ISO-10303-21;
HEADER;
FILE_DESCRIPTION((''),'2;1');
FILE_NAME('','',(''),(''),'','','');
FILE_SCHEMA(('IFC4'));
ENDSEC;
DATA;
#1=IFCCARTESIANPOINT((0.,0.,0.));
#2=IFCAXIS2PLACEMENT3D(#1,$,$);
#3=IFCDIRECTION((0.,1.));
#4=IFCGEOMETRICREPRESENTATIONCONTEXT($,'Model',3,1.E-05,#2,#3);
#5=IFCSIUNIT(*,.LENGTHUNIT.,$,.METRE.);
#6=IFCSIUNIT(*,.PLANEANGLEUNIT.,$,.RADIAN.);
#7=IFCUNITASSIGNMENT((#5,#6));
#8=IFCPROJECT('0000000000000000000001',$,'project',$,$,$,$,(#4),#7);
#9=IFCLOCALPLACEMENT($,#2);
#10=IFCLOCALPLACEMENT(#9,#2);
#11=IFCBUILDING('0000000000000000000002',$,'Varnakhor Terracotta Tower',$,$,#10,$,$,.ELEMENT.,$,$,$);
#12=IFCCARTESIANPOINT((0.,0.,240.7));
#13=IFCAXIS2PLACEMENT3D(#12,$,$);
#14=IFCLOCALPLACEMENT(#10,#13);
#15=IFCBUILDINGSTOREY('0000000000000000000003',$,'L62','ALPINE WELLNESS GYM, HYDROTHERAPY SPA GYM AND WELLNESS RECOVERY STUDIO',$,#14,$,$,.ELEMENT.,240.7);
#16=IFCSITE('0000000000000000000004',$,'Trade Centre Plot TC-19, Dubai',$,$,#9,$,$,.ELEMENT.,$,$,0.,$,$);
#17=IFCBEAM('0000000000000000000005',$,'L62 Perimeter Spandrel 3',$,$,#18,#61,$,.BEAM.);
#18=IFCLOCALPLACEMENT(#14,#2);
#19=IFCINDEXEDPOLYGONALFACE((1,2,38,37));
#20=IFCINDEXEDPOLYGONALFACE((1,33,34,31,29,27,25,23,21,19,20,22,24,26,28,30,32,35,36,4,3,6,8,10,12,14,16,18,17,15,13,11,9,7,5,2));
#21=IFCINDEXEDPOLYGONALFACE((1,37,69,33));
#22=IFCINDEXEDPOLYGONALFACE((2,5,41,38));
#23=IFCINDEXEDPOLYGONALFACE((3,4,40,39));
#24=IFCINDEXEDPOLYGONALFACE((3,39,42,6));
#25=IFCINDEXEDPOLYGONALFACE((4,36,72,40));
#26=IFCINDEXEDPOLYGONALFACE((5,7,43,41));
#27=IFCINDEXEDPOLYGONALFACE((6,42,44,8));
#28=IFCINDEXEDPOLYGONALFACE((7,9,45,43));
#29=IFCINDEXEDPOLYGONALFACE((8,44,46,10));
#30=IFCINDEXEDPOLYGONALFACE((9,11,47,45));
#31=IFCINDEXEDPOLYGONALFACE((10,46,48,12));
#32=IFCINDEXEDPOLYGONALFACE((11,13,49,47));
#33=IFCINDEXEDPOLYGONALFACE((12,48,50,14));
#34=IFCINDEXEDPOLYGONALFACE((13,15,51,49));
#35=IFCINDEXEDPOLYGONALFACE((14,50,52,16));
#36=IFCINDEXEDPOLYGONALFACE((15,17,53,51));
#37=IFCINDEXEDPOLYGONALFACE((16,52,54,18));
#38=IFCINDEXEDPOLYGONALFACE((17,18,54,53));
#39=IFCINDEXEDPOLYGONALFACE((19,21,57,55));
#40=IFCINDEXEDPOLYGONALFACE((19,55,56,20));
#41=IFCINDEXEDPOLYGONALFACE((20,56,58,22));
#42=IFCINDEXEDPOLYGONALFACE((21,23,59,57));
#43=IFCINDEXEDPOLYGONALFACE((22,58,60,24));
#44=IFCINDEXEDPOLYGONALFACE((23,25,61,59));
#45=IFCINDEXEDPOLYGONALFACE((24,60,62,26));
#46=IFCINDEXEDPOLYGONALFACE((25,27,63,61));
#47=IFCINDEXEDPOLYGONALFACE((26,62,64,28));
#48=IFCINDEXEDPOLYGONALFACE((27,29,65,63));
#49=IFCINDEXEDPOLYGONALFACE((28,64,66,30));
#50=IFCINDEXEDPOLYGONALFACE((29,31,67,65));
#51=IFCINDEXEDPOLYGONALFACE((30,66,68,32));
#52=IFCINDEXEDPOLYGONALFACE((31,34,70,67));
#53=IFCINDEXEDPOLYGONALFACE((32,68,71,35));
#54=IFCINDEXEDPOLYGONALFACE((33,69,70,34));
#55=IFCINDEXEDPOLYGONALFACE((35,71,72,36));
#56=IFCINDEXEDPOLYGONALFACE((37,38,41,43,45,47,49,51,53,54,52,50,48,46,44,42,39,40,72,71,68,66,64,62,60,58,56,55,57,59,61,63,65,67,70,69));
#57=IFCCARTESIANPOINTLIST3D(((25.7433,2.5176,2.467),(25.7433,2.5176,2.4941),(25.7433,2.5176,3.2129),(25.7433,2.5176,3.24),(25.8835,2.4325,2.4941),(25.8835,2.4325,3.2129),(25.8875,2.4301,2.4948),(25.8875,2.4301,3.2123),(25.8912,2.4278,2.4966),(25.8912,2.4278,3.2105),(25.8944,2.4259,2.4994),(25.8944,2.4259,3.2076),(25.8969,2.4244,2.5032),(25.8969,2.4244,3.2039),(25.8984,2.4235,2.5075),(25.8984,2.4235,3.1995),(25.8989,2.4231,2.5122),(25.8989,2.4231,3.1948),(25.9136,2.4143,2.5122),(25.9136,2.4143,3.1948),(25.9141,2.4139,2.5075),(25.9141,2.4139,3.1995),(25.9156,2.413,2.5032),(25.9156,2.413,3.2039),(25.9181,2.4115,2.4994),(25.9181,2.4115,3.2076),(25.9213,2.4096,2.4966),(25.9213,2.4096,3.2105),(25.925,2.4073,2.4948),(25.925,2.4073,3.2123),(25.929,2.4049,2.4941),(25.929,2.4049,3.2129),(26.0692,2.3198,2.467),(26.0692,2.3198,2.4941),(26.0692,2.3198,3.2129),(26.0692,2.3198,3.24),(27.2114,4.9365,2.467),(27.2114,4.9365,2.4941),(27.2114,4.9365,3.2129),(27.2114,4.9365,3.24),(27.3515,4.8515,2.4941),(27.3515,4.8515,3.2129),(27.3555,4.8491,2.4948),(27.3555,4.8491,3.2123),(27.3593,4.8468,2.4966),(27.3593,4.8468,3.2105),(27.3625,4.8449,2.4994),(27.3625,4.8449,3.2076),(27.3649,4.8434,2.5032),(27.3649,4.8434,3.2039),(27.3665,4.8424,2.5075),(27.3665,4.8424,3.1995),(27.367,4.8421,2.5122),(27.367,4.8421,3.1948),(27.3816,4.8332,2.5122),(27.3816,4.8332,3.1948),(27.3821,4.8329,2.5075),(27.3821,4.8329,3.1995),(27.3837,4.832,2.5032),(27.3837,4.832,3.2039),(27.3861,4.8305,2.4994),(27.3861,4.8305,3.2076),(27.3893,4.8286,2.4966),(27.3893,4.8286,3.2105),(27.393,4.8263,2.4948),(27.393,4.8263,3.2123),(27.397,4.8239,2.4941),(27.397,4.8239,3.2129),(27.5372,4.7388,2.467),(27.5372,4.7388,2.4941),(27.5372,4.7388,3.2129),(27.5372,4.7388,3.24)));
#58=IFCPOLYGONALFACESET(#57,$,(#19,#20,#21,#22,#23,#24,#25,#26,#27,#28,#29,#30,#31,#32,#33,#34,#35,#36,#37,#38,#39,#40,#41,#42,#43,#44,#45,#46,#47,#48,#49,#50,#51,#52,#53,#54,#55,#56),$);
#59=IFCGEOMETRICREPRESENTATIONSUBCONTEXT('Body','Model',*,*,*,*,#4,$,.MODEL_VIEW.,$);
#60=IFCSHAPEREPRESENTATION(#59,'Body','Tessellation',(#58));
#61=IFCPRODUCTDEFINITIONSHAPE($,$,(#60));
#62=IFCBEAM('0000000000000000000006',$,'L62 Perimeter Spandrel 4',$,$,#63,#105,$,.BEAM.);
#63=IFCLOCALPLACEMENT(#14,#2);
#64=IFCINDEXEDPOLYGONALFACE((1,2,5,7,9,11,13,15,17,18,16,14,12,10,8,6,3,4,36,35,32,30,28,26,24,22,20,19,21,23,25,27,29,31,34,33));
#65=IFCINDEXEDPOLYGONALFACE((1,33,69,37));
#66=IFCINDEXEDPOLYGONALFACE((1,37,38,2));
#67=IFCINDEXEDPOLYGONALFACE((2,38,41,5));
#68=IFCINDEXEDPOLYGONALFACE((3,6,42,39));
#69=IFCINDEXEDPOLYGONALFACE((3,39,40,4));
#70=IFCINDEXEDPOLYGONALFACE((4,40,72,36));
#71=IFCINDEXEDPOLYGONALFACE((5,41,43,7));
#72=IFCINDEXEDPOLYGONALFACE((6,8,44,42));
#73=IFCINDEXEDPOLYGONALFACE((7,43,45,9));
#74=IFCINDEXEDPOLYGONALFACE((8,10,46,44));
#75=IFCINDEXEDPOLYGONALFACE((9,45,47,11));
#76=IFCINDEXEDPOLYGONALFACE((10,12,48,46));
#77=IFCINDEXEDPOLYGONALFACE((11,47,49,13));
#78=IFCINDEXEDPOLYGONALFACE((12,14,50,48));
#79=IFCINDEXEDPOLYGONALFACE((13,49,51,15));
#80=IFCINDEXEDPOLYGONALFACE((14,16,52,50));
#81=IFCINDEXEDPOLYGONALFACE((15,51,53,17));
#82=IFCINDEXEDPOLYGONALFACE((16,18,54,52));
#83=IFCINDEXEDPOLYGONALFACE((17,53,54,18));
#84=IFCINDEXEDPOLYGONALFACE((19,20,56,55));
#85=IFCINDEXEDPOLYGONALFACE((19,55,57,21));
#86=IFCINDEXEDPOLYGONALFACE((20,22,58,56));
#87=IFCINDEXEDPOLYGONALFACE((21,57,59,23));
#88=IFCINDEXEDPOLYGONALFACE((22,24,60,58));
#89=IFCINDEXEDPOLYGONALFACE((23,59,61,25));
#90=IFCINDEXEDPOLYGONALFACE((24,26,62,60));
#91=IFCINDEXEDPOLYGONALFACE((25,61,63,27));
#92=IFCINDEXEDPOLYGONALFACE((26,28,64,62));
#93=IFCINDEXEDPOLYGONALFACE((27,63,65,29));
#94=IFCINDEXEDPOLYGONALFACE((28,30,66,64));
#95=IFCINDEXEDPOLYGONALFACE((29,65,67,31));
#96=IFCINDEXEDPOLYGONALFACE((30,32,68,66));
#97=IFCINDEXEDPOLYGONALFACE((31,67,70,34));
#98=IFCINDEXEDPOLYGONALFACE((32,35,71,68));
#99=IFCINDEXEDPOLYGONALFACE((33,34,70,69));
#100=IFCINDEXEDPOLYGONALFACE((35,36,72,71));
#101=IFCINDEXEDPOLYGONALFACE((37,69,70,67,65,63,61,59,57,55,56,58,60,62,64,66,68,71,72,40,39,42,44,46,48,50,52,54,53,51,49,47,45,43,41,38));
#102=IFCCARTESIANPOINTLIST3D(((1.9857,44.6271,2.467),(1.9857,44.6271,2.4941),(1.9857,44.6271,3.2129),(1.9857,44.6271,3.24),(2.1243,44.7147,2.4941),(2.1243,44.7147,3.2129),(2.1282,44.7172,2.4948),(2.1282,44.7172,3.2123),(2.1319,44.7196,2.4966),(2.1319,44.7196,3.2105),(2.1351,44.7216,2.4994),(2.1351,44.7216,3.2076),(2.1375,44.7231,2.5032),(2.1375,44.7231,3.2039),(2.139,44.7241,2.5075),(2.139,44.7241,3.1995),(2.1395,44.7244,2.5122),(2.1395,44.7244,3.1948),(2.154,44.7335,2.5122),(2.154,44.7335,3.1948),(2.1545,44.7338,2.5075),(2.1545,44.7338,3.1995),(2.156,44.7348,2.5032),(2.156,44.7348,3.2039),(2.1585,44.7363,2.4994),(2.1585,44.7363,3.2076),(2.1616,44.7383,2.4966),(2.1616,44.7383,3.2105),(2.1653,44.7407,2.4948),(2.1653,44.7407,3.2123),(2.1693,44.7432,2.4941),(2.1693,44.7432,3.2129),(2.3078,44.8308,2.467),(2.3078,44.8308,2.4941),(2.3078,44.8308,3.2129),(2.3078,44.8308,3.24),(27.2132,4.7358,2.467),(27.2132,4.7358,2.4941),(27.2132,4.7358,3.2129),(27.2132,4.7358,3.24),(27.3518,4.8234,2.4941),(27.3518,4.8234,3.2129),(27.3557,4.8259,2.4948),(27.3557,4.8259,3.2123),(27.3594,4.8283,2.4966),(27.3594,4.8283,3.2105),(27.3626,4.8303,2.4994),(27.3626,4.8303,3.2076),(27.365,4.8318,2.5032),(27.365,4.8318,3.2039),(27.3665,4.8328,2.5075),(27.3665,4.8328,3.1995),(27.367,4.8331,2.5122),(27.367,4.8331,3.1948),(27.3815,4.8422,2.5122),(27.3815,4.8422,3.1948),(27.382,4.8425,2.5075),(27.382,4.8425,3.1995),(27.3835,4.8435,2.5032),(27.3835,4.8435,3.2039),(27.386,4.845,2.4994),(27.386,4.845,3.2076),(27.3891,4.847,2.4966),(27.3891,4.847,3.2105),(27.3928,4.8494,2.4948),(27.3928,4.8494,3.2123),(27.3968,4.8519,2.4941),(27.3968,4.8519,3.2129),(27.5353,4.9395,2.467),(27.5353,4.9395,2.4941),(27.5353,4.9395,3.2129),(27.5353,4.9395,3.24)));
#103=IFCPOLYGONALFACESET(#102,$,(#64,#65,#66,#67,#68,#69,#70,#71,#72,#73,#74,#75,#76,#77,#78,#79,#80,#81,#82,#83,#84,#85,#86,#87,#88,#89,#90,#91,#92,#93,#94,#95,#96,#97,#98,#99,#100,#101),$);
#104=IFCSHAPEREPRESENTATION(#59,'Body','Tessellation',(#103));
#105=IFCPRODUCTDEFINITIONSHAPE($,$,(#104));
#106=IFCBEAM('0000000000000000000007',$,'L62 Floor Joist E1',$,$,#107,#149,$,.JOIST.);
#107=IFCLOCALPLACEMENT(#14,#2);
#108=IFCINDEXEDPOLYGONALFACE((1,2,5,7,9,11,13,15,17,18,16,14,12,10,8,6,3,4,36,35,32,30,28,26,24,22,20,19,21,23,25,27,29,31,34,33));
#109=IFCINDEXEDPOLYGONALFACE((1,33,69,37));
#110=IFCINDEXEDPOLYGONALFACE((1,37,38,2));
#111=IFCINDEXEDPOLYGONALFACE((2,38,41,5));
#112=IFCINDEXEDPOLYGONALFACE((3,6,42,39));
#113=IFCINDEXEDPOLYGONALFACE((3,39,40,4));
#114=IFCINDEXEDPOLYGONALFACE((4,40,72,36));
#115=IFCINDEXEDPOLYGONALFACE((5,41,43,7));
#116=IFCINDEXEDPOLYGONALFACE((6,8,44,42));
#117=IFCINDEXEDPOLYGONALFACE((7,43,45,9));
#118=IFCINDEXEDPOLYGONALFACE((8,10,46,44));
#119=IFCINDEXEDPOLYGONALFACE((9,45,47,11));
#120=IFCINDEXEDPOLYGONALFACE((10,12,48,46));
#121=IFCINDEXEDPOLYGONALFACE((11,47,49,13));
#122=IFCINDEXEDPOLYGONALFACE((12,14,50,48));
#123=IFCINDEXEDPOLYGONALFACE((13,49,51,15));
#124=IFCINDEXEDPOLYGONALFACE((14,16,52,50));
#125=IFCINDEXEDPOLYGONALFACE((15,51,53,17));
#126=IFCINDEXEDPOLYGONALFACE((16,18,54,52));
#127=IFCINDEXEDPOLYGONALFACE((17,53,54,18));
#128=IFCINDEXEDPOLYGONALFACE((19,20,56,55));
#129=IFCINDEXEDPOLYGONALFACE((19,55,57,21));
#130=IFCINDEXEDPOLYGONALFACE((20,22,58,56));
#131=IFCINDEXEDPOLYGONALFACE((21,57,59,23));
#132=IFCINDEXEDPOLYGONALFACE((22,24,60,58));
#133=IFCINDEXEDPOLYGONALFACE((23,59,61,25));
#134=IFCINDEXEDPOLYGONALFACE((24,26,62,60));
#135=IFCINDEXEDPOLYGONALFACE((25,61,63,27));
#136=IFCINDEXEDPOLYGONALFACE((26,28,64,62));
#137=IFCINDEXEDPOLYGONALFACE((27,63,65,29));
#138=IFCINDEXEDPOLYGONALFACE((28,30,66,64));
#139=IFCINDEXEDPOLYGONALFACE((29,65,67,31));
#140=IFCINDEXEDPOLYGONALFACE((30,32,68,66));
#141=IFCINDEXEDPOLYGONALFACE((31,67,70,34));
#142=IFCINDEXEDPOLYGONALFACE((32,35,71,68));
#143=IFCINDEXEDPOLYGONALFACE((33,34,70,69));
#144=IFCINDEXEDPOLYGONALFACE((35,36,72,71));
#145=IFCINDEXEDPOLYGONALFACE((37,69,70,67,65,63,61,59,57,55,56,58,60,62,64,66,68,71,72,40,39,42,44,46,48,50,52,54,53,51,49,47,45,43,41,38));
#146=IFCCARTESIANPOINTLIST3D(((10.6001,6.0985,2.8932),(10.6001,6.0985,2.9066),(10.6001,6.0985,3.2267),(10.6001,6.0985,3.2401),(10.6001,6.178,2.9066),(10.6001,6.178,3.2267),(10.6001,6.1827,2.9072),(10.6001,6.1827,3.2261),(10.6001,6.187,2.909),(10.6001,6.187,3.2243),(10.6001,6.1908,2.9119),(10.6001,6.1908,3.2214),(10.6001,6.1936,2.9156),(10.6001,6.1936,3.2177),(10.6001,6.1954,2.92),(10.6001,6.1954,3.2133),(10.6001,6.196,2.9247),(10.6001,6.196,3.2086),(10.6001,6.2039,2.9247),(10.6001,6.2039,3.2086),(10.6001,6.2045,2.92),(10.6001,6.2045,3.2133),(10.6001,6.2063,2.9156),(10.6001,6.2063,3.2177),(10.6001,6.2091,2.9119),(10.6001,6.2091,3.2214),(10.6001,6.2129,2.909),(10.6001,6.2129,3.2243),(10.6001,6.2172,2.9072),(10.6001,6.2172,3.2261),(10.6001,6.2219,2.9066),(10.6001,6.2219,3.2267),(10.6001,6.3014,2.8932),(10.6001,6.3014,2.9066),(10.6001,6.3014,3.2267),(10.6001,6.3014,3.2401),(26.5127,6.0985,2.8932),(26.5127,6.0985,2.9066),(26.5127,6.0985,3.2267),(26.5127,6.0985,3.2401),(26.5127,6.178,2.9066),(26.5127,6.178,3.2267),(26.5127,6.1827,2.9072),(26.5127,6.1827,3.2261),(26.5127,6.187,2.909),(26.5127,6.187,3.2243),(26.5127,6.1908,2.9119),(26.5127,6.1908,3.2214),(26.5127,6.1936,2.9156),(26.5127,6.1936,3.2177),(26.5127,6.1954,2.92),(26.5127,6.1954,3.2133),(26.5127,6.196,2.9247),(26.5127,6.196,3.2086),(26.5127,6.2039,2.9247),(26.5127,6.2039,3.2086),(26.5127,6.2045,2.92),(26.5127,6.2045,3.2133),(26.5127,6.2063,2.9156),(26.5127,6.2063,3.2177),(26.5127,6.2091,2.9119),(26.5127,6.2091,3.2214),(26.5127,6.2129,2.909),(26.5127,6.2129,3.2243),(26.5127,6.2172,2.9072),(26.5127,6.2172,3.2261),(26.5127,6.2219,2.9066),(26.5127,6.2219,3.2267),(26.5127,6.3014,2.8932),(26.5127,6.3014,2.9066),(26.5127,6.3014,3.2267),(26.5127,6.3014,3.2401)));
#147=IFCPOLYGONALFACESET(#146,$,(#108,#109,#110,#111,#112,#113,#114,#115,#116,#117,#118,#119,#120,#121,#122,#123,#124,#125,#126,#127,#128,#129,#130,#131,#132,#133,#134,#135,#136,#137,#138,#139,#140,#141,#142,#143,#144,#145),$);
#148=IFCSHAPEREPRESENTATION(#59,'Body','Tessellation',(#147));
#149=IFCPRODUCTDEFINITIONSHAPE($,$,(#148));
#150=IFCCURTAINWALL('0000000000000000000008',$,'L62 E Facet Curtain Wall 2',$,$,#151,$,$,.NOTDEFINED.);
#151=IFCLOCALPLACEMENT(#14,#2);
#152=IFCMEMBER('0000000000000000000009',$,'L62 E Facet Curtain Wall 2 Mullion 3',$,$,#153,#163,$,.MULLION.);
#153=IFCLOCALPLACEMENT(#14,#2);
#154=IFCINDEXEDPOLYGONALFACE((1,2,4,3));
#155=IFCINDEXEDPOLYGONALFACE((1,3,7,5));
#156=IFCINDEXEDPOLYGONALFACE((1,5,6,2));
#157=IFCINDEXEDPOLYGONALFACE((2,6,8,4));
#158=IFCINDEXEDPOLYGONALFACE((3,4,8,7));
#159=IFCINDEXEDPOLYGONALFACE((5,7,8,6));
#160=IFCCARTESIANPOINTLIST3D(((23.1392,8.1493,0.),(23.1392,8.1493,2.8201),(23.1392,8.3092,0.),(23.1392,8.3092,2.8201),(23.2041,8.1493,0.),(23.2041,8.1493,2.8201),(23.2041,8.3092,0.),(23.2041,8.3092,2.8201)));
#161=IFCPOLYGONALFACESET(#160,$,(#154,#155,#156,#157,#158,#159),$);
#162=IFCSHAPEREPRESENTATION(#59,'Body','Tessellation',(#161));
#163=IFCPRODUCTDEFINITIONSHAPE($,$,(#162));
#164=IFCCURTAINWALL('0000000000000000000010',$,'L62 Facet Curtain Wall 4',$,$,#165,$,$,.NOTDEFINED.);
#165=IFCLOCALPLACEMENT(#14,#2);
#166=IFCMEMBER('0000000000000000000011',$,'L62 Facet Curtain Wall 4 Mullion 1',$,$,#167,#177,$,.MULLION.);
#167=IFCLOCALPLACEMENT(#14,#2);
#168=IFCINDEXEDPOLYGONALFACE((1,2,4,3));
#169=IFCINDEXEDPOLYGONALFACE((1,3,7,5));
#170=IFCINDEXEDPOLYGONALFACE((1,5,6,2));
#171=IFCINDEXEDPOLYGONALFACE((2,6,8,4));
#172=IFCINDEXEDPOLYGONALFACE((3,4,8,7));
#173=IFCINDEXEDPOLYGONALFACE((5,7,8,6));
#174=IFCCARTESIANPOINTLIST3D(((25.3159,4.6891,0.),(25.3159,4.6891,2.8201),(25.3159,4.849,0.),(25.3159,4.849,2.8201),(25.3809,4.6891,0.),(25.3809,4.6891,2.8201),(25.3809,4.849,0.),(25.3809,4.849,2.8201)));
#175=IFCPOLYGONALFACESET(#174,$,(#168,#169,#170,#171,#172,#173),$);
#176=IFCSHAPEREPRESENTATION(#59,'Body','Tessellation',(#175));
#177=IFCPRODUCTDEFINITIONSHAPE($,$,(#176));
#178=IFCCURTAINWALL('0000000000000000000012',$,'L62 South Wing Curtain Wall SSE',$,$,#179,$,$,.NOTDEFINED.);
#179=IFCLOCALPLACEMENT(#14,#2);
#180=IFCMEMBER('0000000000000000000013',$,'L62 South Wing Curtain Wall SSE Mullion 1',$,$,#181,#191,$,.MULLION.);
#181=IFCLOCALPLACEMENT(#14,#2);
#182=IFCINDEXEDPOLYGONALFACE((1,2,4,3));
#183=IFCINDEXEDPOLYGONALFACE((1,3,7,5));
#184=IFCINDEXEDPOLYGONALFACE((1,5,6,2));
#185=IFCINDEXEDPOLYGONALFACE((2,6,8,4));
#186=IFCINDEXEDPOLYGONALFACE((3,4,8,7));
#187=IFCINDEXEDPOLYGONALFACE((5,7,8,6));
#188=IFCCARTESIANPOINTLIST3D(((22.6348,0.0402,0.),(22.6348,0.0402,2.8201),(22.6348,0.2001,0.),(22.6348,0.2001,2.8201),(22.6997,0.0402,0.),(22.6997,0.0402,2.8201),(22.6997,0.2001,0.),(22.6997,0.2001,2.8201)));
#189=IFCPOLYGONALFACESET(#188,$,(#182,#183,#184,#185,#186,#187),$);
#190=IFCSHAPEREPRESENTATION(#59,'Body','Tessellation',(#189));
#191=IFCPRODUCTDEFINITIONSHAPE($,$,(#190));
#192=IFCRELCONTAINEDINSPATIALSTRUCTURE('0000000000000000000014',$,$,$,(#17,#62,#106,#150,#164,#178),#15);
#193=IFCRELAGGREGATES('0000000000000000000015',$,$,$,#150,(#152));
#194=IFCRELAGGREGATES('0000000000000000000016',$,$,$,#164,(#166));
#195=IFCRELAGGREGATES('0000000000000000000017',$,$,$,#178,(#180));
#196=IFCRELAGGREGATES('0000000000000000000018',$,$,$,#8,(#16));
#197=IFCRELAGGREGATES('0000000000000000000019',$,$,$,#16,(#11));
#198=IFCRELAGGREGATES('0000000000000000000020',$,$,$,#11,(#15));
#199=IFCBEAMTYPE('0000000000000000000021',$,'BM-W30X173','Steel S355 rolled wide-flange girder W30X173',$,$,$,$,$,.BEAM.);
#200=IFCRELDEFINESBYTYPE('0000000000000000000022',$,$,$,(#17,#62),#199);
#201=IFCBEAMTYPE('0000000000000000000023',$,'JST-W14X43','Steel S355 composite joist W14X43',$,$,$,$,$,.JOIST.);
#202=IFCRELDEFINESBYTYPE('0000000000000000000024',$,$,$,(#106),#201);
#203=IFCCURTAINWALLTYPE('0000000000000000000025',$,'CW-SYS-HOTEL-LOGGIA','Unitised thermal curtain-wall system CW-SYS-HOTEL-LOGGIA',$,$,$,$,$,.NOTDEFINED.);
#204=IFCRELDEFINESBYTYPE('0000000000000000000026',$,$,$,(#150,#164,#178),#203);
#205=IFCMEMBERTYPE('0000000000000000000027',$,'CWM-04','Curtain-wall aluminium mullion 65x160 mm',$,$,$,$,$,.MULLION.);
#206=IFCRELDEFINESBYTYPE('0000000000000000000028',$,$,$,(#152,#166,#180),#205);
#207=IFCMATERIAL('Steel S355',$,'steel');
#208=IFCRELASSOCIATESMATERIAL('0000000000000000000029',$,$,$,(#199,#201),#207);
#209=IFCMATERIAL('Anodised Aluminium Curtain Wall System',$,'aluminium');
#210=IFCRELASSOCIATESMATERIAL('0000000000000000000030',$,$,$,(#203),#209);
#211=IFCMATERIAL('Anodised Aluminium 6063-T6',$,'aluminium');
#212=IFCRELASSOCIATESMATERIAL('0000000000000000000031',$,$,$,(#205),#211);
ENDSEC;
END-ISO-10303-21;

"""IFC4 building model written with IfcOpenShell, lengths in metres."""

from ifc_helpers import new_model, si_unit, direction, frame, origin, origin_2d, place, context, subcontext, project, spatial, rectangle, i_section, extrude, source, transform, mapped, material, material_profile, profile_set, type_object, type_shapes, element, aggregate, save


model = new_model("IFC4")

# Units and contexts
model_context = context("Model", 3, precision=1e-05, world=origin(), true_north=direction((0.0, 1.0)))
body_context = subcontext(model_context, "Body", "Model", "MODEL_VIEW")
ifc_project = project(units=[si_unit("LENGTHUNIT", "METRE"), si_unit("PLANEANGLEUNIT", "RADIAN")], contexts=[model_context])

# Site, building, storey
site_placement = place(None, origin())
site = spatial("IfcSite", under=ifc_project, at=site_placement, Name="Trade Centre Plot TC-19, Dubai", CompositionType="ELEMENT", RefElevation=0.0)
building_placement = place(site_placement, origin())
building = spatial("IfcBuilding", under=site, at=building_placement, Name="Varnakhor Terracotta Tower", CompositionType="ELEMENT")
storey_placement = place(building_placement, frame((0.0, 0.0, 240.7)))
storey = spatial("IfcBuildingStorey", under=building, at=storey_placement, Name="L62", Description="ALPINE WELLNESS GYM, HYDROTHERAPY SPA GYM AND WELLNESS RECOVERY STUDIO", CompositionType="ELEMENT", Elevation=240.7)

# Shared definitions
ifc_material_1 = material(Name="Steel S355", Category="steel")

# Beams
ifc_material_profile_1 = material_profile(ifc_material_1, i_section(OverallWidth=0.3811, OverallDepth=0.7729, WebThickness=0.0171, FlangeThickness=0.0271, FilletRadius=0.0181, at=origin_2d()), Name="W30X173")
ifc_profile_set_1 = profile_set([ifc_material_profile_1], Name="Steel S355")
beam_type_1 = type_object("IfcBeamType", Name="BM-W30X173", Description="Steel S355 rolled wide-flange girder W30X173", PredefinedType="BEAM", material=ifc_profile_set_1)
shared_shape_1 = source(origin(), body_context, "Body", "SweptSolid", [
    extrude(i_section(OverallWidth=0.3811, OverallDepth=0.7729, WebThickness=0.0171, FlangeThickness=0.0271, FilletRadius=0.0181, at=origin_2d()), origin(), (0.0, 0.0, 1.0), 2.8296),
])
beam_1_placement = place(storey_placement, frame((25.9062, 2.4187, 2.8535), z_axis=(0.518816, 0.854886, 0.0), x_axis=(-0.854886, 0.518816, 0.0)))
element("IfcBeam", 1, at=beam_1_placement, inside=storey, type_object=beam_type_1, Name="L62 Perimeter Spandrel 3", PredefinedType="BEAM", context=body_context, shape_type="MappedRepresentation", body=[
    mapped(shared_shape_1, transform((0.0, 0.0, 0.0), scale=1.0)),
])
shared_shape_2 = source(origin(), body_context, "Body", "SweptSolid", [
    extrude(i_section(OverallWidth=0.3811, OverallDepth=0.7729, WebThickness=0.0171, FlangeThickness=0.0271, FilletRadius=0.0181, at=origin_2d()), origin(), (0.0, 0.0, 1.0), 47.199),
])
beam_2_placement = place(storey_placement, frame((27.3743, 4.8376, 2.8535), z_axis=(-0.534493, 0.845173, 0.0), x_axis=(-0.845173, -0.534493, 0.0)))
element("IfcBeam", 2, at=beam_2_placement, inside=storey, type_object=beam_type_1, Name="L62 Perimeter Spandrel 4", PredefinedType="BEAM", context=body_context, shape_type="MappedRepresentation", body=[
    mapped(shared_shape_2, transform((0.0, 0.0, 0.0), scale=1.0)),
])
ifc_material_profile_2 = material_profile(ifc_material_1, i_section(OverallWidth=0.2029, OverallDepth=0.3469, WebThickness=0.0078, FlangeThickness=0.0134, FilletRadius=0.0181, at=origin_2d()), Name="W14X43")
ifc_profile_set_2 = profile_set([ifc_material_profile_2], Name="Steel S355")
beam_type_2 = type_object("IfcBeamType", Name="JST-W14X43", Description="Steel S355 composite joist W14X43", PredefinedType="JOIST", material=ifc_profile_set_2)
shared_shape_3 = source(origin(), body_context, "Body", "SweptSolid", [
    extrude(i_section(OverallWidth=0.2029, OverallDepth=0.3469, WebThickness=0.0078, FlangeThickness=0.0134, FilletRadius=0.0181, at=origin_2d()), origin(), (0.0, 0.0, 1.0), 15.9126),
])
beam_3_placement = place(storey_placement, frame((10.6001, 6.2, 3.0667), z_axis=(1.0, 0.0, 0.0), x_axis=(0.0, 1.0, 0.0)))
element("IfcBeam", 3, at=beam_3_placement, inside=storey, type_object=beam_type_2, Name="L62 Floor Joist E1", PredefinedType="JOIST", context=body_context, shape_type="MappedRepresentation", body=[
    mapped(shared_shape_3, transform((0.0, 0.0, 0.0), scale=1.0)),
])

# Curtain walls, members
ifc_material_2 = material(Name="Anodised Aluminium Curtain Wall System", Category="aluminium")
curtain_wall_type = type_object("IfcCurtainWallType", Name="CW-SYS-HOTEL-LOGGIA", Description="Unitised thermal curtain-wall system CW-SYS-HOTEL-LOGGIA", PredefinedType="NOTDEFINED", material=ifc_material_2)
curtain_wall_1_placement = place(storey_placement, origin())
curtain_wall_1 = element("IfcCurtainWall", 4, at=curtain_wall_1_placement, inside=storey, type_object=curtain_wall_type, Name="L62 E Facet Curtain Wall 2", PredefinedType="NOTDEFINED")
ifc_material_3 = material(Name="Anodised Aluminium 6063-T6", Category="aluminium")
ifc_material_profile_3 = material_profile(ifc_material_3, rectangle(XDim=0.0649, YDim=0.1599, at=origin_2d()), Name="ALU MULLION 65x160")
ifc_profile_set_3 = profile_set([ifc_material_profile_3], Name="Anodised Aluminium 6063-T6")
member_type_1 = type_object("IfcMemberType", Name="CWM-04", Description="Curtain-wall aluminium mullion 65x160 mm", PredefinedType="MULLION", material=ifc_profile_set_3)
shared_shape_4 = source(origin(), body_context, "Body", "SweptSolid", [
    extrude(rectangle(XDim=0.0649, YDim=0.1599, at=origin_2d()), origin(), (0.0, 0.0, 1.0), 2.8201),
])
type_shapes(member_type_1, [shared_shape_4])
member_1_placement = place(storey_placement, frame((23.1716, 8.2292, 0.0), z_axis=(0.0, 0.0, 1.0), x_axis=(1.0, 0.0, 0.0)))
member_1 = element("IfcMember", 5, at=member_1_placement, type_object=member_type_1, Name="L62 E Facet Curtain Wall 2 Mullion 3", PredefinedType="MULLION", context=body_context, shape_type="MappedRepresentation", body=[
    mapped(shared_shape_4, transform((0.0, 0.0, 0.0), scale=1.0)),
])
curtain_wall_2_placement = place(storey_placement, origin())
curtain_wall_2 = element("IfcCurtainWall", 6, at=curtain_wall_2_placement, inside=storey, type_object=curtain_wall_type, Name="L62 Facet Curtain Wall 4", PredefinedType="NOTDEFINED")
member_2_placement = place(storey_placement, frame((25.3484, 4.769, 0.0), z_axis=(0.0, 0.0, 1.0), x_axis=(1.0, 0.0, 0.0)))
member_2 = element("IfcMember", 7, at=member_2_placement, type_object=member_type_1, Name="L62 Facet Curtain Wall 4 Mullion 1", PredefinedType="MULLION", context=body_context, shape_type="MappedRepresentation", body=[
    mapped(shared_shape_4, transform((0.0, 0.0, 0.0), scale=1.0)),
])

# Curtain wall, member
curtain_wall_3_placement = place(storey_placement, origin())
curtain_wall_3 = element("IfcCurtainWall", 8, at=curtain_wall_3_placement, inside=storey, type_object=curtain_wall_type, Name="L62 South Wing Curtain Wall SSE", PredefinedType="NOTDEFINED")
member_3_placement = place(storey_placement, frame((22.6672, 0.1201, 0.0), z_axis=(0.0, 0.0, 1.0), x_axis=(1.0, 0.0, 0.0)))
member_3 = element("IfcMember", 9, at=member_3_placement, type_object=member_type_1, Name="L62 South Wing Curtain Wall SSE Mullion 1", PredefinedType="MULLION", context=body_context, shape_type="MappedRepresentation", body=[
    mapped(shared_shape_4, transform((0.0, 0.0, 0.0), scale=1.0)),
])

aggregate(curtain_wall_1, [member_1])
aggregate(curtain_wall_2, [member_2])
aggregate(curtain_wall_3, [member_3])

save(model, "model.ifc")
